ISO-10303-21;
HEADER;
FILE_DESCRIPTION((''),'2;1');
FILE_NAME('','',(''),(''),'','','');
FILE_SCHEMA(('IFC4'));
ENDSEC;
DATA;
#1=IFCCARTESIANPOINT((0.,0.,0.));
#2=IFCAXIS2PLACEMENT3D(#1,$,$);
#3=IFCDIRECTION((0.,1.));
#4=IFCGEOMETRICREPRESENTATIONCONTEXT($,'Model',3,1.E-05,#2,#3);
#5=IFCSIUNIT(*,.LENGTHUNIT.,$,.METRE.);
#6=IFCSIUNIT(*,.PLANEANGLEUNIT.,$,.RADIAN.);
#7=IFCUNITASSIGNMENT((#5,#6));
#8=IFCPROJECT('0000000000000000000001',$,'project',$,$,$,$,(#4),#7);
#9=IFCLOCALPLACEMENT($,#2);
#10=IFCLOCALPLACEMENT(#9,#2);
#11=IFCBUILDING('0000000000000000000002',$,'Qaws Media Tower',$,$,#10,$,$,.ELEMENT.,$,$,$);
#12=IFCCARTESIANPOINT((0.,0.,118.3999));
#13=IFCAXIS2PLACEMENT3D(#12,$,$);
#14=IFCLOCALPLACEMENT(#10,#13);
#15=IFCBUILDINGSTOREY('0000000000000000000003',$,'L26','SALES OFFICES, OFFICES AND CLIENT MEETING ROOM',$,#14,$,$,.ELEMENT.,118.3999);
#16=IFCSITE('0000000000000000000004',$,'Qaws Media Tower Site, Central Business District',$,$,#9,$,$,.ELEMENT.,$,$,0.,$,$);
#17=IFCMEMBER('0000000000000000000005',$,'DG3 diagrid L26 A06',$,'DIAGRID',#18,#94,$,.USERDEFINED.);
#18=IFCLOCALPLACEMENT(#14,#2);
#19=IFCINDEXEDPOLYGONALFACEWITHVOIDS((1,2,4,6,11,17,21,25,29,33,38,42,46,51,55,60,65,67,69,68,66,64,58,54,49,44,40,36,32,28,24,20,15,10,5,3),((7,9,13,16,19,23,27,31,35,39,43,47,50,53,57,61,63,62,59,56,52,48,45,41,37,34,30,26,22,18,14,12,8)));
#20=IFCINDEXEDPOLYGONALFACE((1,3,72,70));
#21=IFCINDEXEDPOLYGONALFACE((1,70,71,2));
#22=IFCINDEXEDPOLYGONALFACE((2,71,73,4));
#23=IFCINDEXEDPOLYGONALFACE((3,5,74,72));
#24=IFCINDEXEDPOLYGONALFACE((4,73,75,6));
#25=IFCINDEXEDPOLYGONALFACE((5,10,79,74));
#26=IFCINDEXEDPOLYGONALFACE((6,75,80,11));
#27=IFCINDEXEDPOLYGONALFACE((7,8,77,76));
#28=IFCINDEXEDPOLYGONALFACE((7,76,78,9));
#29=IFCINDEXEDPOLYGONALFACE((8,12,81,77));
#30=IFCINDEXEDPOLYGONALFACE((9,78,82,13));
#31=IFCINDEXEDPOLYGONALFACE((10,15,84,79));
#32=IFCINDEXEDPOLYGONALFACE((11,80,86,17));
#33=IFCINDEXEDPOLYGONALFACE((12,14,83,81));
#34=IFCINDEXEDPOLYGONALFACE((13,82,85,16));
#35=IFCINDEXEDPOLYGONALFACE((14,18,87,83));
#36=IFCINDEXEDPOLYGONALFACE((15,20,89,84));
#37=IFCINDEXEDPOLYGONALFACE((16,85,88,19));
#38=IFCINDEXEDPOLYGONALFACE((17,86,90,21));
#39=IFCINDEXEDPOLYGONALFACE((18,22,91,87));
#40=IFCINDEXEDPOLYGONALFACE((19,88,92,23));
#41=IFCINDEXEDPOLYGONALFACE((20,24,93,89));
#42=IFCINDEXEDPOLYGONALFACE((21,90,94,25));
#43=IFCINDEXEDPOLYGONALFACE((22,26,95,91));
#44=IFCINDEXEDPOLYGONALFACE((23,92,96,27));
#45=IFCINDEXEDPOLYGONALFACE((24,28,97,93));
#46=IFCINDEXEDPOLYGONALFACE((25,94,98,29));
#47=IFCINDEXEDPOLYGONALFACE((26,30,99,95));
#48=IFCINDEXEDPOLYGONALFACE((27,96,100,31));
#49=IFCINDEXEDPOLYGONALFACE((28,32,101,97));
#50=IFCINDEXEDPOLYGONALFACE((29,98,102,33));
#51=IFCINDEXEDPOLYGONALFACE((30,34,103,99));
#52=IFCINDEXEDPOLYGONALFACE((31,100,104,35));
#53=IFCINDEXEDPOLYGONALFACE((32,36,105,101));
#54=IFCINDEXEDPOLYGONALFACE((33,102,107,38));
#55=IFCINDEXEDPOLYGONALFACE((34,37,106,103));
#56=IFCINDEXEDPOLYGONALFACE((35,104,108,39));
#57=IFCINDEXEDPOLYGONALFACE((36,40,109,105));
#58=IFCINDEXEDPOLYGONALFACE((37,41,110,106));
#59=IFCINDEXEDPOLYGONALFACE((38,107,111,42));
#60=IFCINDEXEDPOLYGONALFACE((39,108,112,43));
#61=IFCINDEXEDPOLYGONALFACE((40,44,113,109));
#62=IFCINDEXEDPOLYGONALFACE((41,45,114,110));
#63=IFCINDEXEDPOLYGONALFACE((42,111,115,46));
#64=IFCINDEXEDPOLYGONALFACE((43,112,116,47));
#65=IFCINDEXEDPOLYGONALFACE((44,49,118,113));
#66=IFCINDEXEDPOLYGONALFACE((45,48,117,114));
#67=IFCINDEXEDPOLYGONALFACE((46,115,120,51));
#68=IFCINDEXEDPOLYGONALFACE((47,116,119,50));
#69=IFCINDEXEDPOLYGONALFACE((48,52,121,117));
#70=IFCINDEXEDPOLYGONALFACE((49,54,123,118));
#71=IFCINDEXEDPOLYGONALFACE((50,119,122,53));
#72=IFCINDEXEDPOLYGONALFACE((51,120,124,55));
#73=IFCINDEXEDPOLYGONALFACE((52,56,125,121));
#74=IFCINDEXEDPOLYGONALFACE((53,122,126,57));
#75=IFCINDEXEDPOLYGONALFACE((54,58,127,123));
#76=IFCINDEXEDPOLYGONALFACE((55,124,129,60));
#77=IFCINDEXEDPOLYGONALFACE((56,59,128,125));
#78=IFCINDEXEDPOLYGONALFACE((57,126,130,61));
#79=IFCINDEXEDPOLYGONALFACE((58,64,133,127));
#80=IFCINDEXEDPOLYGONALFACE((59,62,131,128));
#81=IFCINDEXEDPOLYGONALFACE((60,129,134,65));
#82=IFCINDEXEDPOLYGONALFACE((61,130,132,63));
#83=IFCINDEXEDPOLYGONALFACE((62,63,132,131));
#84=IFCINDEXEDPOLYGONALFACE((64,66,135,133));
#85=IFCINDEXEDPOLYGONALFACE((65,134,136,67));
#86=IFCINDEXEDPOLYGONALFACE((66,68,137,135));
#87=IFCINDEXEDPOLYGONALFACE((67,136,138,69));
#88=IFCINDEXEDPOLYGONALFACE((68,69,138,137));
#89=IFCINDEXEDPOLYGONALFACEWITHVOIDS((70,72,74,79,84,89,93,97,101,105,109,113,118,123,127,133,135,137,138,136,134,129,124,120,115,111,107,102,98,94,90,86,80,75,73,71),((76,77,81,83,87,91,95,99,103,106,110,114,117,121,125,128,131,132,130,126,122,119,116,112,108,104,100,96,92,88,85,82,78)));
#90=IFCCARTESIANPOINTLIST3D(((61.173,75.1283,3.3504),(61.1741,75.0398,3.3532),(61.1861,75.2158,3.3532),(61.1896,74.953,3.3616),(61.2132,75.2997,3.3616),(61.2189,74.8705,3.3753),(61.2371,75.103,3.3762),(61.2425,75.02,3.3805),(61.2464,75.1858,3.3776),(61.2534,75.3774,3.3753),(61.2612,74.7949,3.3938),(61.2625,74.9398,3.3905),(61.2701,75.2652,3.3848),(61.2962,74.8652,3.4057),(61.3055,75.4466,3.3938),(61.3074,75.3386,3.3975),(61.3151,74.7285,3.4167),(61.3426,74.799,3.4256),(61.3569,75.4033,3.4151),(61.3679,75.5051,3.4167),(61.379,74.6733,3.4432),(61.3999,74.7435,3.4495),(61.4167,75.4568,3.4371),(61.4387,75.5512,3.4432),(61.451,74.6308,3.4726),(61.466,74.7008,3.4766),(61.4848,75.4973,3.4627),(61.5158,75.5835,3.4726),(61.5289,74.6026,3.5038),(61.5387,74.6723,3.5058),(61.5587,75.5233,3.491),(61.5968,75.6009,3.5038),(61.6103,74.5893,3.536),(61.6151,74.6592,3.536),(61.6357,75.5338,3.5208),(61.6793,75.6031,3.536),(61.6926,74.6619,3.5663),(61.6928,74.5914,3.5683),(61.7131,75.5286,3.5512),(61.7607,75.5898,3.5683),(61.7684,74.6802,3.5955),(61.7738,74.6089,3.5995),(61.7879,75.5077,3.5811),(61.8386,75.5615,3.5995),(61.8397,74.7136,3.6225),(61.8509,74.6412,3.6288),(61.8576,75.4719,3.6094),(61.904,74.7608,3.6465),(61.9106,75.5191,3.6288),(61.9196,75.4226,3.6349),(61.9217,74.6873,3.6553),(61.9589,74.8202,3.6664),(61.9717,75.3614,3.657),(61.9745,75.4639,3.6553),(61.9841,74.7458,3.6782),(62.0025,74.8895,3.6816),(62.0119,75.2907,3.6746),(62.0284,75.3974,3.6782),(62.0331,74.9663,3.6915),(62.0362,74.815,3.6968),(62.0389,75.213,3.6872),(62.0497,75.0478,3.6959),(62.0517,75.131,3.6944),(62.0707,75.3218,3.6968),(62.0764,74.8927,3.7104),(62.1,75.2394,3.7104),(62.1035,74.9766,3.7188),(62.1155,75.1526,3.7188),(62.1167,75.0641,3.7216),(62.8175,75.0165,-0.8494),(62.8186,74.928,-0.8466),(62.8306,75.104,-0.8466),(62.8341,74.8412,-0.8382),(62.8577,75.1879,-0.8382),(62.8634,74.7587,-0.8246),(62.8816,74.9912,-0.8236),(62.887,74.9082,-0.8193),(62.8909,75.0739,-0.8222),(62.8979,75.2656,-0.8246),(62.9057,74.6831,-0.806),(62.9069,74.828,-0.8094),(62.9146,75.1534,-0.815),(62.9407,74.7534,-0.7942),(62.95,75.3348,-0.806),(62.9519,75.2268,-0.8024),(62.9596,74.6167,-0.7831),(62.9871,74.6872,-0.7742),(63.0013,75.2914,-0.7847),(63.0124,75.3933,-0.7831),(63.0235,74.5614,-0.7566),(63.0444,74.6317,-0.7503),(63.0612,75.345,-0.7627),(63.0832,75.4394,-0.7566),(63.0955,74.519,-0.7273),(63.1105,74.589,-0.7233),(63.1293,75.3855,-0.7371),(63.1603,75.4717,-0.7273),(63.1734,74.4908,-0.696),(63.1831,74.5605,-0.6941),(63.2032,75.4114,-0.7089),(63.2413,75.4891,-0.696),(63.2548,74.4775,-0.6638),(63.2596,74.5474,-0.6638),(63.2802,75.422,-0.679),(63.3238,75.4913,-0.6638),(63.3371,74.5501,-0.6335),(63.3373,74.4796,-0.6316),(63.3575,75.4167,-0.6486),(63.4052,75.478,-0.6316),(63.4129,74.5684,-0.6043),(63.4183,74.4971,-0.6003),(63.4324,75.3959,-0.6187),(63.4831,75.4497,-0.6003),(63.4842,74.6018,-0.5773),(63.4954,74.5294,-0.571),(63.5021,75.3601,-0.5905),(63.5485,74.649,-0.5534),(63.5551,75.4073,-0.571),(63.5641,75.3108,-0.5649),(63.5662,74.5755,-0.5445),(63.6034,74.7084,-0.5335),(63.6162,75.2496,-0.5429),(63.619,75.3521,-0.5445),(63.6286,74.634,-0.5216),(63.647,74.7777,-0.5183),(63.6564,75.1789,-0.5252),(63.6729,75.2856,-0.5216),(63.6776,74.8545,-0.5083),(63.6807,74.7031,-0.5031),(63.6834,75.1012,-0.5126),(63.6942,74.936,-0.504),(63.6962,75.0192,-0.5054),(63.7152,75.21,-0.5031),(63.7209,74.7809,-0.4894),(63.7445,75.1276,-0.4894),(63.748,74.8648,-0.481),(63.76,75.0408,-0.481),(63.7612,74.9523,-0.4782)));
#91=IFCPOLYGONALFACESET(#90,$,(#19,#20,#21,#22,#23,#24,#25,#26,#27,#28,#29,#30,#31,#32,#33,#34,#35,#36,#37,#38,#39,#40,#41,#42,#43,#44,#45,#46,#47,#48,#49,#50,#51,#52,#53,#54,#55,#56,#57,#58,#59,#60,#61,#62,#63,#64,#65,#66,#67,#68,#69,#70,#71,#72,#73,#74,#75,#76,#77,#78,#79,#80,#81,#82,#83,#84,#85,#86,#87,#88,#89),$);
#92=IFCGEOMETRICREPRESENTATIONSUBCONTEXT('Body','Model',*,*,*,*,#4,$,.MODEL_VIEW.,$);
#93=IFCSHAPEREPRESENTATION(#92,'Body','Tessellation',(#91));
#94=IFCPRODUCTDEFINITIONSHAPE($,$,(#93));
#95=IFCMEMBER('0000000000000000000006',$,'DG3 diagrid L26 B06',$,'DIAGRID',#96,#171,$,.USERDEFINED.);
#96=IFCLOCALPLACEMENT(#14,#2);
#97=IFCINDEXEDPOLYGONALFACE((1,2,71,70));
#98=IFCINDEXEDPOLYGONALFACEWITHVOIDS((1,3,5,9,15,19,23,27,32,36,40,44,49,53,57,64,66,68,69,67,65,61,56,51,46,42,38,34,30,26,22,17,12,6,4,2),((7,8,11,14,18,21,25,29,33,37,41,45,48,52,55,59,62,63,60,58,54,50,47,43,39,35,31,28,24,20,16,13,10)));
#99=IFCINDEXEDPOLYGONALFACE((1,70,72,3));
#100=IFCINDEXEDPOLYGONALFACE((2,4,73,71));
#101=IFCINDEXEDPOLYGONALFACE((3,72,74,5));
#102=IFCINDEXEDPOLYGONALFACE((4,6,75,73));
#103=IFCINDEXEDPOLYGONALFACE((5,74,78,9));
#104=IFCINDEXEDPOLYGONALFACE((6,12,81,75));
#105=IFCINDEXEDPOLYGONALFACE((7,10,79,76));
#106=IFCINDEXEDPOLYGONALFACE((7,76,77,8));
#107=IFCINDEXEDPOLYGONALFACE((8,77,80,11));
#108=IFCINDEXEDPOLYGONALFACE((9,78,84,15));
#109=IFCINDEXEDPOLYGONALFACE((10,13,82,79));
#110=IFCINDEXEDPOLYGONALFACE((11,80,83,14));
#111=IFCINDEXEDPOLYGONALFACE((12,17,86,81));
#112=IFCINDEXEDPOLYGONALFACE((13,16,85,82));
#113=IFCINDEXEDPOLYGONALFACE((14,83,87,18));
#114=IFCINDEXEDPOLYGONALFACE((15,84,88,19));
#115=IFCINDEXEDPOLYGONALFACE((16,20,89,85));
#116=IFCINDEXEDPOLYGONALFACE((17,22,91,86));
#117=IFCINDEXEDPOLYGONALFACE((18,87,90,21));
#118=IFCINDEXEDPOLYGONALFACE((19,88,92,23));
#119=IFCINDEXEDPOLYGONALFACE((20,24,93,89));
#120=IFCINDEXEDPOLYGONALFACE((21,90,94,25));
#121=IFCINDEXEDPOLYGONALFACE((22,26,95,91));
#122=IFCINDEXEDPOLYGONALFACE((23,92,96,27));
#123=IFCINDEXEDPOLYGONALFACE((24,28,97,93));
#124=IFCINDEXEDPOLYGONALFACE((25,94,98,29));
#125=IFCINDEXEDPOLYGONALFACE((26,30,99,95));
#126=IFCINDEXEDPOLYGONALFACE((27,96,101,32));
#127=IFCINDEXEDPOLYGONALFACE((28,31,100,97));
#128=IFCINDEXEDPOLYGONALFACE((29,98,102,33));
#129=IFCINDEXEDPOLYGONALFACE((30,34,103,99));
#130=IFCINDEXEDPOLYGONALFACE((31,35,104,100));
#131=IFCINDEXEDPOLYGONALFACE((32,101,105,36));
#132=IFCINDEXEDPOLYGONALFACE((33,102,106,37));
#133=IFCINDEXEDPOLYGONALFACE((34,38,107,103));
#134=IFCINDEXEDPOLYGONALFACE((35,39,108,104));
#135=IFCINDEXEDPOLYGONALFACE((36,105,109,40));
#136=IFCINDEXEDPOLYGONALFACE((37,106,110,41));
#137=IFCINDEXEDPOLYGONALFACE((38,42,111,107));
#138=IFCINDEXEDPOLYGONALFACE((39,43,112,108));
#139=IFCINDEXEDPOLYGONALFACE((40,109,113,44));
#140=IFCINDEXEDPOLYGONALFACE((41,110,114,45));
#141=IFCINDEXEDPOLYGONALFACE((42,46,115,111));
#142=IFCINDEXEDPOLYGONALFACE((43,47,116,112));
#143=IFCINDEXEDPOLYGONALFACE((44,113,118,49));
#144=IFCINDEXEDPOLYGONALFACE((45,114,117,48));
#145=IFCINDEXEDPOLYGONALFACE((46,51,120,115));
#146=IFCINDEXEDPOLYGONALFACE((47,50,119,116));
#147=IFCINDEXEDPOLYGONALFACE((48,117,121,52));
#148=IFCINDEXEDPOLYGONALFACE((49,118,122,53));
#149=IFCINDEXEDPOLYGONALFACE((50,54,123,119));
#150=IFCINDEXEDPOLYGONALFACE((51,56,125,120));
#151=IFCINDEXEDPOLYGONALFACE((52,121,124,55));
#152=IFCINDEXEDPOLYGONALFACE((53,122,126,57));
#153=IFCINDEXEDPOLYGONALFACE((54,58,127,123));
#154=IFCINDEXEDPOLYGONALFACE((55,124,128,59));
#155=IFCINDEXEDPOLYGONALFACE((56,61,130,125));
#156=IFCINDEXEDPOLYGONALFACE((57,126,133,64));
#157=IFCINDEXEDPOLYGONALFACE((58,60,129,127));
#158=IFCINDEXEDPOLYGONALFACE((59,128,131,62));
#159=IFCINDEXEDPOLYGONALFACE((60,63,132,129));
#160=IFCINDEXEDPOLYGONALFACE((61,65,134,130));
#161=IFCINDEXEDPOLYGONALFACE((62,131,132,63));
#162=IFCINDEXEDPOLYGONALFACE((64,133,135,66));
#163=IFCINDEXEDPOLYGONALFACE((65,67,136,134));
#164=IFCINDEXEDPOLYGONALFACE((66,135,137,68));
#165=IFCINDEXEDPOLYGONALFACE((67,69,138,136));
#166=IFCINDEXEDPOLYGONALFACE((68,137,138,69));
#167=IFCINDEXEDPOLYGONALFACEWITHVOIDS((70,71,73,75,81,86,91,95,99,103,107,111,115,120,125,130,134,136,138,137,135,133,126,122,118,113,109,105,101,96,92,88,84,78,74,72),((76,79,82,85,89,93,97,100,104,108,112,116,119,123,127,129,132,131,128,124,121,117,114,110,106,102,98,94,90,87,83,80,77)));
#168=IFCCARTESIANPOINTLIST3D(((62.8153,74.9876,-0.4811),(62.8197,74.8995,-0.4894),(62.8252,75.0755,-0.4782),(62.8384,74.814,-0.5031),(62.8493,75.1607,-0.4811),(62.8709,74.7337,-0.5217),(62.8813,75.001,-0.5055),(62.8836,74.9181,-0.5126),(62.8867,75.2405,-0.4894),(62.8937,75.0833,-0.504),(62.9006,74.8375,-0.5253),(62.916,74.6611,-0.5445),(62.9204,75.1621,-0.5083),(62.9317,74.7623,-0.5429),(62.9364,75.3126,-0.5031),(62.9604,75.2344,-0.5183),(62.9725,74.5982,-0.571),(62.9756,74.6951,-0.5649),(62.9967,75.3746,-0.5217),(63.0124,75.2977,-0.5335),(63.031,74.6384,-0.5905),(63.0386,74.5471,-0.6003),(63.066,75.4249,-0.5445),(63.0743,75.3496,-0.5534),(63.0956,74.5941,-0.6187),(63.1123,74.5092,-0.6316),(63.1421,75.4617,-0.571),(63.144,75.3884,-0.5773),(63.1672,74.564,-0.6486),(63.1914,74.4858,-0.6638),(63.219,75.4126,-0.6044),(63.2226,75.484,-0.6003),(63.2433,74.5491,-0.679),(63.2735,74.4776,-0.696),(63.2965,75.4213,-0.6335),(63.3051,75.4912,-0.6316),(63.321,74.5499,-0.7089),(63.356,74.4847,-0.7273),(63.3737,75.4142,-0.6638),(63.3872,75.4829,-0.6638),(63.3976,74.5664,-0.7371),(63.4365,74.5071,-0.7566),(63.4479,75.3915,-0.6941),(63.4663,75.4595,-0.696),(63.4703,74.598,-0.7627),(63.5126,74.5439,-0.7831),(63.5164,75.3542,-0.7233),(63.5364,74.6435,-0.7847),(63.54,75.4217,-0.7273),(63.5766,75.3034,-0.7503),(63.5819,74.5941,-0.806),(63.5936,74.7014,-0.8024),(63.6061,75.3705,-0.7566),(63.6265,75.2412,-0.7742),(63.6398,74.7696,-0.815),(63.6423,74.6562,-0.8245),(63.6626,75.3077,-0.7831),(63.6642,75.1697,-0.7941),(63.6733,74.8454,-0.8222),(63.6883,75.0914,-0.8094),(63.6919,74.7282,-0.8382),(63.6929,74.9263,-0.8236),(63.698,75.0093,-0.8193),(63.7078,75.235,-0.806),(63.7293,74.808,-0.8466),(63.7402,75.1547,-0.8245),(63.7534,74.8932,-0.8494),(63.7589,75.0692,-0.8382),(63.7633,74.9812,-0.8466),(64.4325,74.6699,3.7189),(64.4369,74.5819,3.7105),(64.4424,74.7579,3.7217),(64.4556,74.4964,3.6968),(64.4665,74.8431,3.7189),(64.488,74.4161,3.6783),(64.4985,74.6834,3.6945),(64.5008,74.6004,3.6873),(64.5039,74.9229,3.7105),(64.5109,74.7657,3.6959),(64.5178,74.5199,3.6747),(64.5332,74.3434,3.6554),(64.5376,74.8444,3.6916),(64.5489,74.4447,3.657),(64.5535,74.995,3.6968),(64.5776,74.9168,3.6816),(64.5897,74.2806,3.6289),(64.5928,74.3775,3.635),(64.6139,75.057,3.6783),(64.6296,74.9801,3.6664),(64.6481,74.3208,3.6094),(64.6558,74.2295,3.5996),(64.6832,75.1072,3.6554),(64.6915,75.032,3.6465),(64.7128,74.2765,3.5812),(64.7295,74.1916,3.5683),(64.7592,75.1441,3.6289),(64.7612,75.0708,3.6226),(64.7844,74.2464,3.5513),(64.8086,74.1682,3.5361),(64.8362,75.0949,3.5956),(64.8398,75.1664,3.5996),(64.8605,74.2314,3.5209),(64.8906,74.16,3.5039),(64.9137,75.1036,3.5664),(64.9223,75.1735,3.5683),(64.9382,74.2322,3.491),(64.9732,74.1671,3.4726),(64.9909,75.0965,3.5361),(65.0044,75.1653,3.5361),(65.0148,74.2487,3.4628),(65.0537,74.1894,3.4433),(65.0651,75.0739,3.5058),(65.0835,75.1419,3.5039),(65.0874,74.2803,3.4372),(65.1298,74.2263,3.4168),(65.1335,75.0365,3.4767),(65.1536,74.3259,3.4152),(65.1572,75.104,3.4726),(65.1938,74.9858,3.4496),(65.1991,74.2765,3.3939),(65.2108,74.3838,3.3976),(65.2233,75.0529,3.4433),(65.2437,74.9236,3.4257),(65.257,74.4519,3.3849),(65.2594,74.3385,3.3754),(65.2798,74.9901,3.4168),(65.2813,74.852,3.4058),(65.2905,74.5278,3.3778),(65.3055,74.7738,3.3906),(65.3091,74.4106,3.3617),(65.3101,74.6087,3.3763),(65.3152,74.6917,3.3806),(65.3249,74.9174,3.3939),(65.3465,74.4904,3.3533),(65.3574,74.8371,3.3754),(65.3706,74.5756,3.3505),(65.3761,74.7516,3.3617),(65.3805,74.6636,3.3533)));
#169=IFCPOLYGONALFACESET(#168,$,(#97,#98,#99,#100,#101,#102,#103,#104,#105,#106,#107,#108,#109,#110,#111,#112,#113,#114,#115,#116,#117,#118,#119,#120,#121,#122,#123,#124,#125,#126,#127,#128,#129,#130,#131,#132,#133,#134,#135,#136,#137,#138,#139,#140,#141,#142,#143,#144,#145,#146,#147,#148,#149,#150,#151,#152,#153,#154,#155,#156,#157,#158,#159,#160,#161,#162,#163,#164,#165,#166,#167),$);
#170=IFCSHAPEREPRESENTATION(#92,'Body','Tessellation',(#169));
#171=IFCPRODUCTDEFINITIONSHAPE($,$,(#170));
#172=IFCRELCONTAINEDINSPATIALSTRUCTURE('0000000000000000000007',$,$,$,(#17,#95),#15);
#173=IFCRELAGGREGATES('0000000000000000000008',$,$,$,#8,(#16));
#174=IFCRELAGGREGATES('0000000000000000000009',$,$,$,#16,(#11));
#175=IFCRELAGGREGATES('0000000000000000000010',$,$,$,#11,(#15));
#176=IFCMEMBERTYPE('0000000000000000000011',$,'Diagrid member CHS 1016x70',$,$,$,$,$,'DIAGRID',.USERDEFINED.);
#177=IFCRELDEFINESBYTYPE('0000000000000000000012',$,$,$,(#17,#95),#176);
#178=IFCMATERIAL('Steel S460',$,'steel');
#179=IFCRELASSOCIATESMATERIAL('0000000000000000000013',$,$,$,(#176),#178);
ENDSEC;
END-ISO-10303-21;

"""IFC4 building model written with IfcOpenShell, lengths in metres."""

from ifc_helpers import new_model, si_unit, direction, frame, origin, origin_2d, place, context, subcontext, project, spatial, hollow_circle, extrude, material, material_profile, profile_set, type_object, element, save


model = new_model("IFC4")

# Units and contexts
model_context = context("Model", 3, precision=1e-05, world=origin(), true_north=direction((0.0, 1.0)))
body_context = subcontext(model_context, "Body", "Model", "MODEL_VIEW")
ifc_project = project(units=[si_unit("LENGTHUNIT", "METRE"), si_unit("PLANEANGLEUNIT", "RADIAN")], contexts=[model_context])

# Site, building, storey
site_placement = place(None, origin())
site = spatial("IfcSite", under=ifc_project, at=site_placement, Name="Qaws Media Tower Site, Central Business District", CompositionType="ELEMENT", RefElevation=0.0)
building_placement = place(site_placement, origin())
building = spatial("IfcBuilding", under=site, at=building_placement, Name="Qaws Media Tower", CompositionType="ELEMENT")
storey_placement = place(building_placement, frame((0.0, 0.0, 118.3999)))
storey = spatial("IfcBuildingStorey", under=building, at=storey_placement, Name="L26", Description="SALES OFFICES, OFFICES AND CLIENT MEETING ROOM", CompositionType="ELEMENT", Elevation=118.3999)

# Members
ifc_material_1 = material(Name="Steel S460", Category="steel")
ifc_material_profile_1 = material_profile(ifc_material_1, hollow_circle(Radius=0.5081, WallThickness=0.0701, at=origin_2d()), Name="CHS 1016x70")
ifc_profile_set_1 = profile_set([ifc_material_profile_1], Name="Steel S460")
member_type_1 = type_object("IfcMemberType", Name="Diagrid member CHS 1016x70", ElementType="DIAGRID", PredefinedType="USERDEFINED", material=ifc_profile_set_1)
for number, where, z_axis, x_axis, name in (
    (1, (63.2893, 74.9844, -0.6638), (-0.364493, 0.024783, 0.930876), (-0.067836, -0.997696, 0.0), "DG3 diagrid L26 A06"),
    (2, (63.2893, 74.9844, -0.6638), (0.35844, -0.0704, 0.930894), (0.192725, 0.981253, 0.0), "DG3 diagrid L26 B06"),
):
    element("IfcMember", number, at=place(storey_placement, frame(where, z_axis=z_axis, x_axis=x_axis)), inside=storey, type_object=member_type_1, Name=name, ObjectType="DIAGRID", PredefinedType="USERDEFINED", context=body_context, shape_type="SweptSolid", body=[
        extrude(hollow_circle(Radius=0.5081, WallThickness=0.0701, at=origin_2d()), origin(), (0.0, 0.0, 1.0), 4.5117),
    ])

save(model, "model.ifc")
